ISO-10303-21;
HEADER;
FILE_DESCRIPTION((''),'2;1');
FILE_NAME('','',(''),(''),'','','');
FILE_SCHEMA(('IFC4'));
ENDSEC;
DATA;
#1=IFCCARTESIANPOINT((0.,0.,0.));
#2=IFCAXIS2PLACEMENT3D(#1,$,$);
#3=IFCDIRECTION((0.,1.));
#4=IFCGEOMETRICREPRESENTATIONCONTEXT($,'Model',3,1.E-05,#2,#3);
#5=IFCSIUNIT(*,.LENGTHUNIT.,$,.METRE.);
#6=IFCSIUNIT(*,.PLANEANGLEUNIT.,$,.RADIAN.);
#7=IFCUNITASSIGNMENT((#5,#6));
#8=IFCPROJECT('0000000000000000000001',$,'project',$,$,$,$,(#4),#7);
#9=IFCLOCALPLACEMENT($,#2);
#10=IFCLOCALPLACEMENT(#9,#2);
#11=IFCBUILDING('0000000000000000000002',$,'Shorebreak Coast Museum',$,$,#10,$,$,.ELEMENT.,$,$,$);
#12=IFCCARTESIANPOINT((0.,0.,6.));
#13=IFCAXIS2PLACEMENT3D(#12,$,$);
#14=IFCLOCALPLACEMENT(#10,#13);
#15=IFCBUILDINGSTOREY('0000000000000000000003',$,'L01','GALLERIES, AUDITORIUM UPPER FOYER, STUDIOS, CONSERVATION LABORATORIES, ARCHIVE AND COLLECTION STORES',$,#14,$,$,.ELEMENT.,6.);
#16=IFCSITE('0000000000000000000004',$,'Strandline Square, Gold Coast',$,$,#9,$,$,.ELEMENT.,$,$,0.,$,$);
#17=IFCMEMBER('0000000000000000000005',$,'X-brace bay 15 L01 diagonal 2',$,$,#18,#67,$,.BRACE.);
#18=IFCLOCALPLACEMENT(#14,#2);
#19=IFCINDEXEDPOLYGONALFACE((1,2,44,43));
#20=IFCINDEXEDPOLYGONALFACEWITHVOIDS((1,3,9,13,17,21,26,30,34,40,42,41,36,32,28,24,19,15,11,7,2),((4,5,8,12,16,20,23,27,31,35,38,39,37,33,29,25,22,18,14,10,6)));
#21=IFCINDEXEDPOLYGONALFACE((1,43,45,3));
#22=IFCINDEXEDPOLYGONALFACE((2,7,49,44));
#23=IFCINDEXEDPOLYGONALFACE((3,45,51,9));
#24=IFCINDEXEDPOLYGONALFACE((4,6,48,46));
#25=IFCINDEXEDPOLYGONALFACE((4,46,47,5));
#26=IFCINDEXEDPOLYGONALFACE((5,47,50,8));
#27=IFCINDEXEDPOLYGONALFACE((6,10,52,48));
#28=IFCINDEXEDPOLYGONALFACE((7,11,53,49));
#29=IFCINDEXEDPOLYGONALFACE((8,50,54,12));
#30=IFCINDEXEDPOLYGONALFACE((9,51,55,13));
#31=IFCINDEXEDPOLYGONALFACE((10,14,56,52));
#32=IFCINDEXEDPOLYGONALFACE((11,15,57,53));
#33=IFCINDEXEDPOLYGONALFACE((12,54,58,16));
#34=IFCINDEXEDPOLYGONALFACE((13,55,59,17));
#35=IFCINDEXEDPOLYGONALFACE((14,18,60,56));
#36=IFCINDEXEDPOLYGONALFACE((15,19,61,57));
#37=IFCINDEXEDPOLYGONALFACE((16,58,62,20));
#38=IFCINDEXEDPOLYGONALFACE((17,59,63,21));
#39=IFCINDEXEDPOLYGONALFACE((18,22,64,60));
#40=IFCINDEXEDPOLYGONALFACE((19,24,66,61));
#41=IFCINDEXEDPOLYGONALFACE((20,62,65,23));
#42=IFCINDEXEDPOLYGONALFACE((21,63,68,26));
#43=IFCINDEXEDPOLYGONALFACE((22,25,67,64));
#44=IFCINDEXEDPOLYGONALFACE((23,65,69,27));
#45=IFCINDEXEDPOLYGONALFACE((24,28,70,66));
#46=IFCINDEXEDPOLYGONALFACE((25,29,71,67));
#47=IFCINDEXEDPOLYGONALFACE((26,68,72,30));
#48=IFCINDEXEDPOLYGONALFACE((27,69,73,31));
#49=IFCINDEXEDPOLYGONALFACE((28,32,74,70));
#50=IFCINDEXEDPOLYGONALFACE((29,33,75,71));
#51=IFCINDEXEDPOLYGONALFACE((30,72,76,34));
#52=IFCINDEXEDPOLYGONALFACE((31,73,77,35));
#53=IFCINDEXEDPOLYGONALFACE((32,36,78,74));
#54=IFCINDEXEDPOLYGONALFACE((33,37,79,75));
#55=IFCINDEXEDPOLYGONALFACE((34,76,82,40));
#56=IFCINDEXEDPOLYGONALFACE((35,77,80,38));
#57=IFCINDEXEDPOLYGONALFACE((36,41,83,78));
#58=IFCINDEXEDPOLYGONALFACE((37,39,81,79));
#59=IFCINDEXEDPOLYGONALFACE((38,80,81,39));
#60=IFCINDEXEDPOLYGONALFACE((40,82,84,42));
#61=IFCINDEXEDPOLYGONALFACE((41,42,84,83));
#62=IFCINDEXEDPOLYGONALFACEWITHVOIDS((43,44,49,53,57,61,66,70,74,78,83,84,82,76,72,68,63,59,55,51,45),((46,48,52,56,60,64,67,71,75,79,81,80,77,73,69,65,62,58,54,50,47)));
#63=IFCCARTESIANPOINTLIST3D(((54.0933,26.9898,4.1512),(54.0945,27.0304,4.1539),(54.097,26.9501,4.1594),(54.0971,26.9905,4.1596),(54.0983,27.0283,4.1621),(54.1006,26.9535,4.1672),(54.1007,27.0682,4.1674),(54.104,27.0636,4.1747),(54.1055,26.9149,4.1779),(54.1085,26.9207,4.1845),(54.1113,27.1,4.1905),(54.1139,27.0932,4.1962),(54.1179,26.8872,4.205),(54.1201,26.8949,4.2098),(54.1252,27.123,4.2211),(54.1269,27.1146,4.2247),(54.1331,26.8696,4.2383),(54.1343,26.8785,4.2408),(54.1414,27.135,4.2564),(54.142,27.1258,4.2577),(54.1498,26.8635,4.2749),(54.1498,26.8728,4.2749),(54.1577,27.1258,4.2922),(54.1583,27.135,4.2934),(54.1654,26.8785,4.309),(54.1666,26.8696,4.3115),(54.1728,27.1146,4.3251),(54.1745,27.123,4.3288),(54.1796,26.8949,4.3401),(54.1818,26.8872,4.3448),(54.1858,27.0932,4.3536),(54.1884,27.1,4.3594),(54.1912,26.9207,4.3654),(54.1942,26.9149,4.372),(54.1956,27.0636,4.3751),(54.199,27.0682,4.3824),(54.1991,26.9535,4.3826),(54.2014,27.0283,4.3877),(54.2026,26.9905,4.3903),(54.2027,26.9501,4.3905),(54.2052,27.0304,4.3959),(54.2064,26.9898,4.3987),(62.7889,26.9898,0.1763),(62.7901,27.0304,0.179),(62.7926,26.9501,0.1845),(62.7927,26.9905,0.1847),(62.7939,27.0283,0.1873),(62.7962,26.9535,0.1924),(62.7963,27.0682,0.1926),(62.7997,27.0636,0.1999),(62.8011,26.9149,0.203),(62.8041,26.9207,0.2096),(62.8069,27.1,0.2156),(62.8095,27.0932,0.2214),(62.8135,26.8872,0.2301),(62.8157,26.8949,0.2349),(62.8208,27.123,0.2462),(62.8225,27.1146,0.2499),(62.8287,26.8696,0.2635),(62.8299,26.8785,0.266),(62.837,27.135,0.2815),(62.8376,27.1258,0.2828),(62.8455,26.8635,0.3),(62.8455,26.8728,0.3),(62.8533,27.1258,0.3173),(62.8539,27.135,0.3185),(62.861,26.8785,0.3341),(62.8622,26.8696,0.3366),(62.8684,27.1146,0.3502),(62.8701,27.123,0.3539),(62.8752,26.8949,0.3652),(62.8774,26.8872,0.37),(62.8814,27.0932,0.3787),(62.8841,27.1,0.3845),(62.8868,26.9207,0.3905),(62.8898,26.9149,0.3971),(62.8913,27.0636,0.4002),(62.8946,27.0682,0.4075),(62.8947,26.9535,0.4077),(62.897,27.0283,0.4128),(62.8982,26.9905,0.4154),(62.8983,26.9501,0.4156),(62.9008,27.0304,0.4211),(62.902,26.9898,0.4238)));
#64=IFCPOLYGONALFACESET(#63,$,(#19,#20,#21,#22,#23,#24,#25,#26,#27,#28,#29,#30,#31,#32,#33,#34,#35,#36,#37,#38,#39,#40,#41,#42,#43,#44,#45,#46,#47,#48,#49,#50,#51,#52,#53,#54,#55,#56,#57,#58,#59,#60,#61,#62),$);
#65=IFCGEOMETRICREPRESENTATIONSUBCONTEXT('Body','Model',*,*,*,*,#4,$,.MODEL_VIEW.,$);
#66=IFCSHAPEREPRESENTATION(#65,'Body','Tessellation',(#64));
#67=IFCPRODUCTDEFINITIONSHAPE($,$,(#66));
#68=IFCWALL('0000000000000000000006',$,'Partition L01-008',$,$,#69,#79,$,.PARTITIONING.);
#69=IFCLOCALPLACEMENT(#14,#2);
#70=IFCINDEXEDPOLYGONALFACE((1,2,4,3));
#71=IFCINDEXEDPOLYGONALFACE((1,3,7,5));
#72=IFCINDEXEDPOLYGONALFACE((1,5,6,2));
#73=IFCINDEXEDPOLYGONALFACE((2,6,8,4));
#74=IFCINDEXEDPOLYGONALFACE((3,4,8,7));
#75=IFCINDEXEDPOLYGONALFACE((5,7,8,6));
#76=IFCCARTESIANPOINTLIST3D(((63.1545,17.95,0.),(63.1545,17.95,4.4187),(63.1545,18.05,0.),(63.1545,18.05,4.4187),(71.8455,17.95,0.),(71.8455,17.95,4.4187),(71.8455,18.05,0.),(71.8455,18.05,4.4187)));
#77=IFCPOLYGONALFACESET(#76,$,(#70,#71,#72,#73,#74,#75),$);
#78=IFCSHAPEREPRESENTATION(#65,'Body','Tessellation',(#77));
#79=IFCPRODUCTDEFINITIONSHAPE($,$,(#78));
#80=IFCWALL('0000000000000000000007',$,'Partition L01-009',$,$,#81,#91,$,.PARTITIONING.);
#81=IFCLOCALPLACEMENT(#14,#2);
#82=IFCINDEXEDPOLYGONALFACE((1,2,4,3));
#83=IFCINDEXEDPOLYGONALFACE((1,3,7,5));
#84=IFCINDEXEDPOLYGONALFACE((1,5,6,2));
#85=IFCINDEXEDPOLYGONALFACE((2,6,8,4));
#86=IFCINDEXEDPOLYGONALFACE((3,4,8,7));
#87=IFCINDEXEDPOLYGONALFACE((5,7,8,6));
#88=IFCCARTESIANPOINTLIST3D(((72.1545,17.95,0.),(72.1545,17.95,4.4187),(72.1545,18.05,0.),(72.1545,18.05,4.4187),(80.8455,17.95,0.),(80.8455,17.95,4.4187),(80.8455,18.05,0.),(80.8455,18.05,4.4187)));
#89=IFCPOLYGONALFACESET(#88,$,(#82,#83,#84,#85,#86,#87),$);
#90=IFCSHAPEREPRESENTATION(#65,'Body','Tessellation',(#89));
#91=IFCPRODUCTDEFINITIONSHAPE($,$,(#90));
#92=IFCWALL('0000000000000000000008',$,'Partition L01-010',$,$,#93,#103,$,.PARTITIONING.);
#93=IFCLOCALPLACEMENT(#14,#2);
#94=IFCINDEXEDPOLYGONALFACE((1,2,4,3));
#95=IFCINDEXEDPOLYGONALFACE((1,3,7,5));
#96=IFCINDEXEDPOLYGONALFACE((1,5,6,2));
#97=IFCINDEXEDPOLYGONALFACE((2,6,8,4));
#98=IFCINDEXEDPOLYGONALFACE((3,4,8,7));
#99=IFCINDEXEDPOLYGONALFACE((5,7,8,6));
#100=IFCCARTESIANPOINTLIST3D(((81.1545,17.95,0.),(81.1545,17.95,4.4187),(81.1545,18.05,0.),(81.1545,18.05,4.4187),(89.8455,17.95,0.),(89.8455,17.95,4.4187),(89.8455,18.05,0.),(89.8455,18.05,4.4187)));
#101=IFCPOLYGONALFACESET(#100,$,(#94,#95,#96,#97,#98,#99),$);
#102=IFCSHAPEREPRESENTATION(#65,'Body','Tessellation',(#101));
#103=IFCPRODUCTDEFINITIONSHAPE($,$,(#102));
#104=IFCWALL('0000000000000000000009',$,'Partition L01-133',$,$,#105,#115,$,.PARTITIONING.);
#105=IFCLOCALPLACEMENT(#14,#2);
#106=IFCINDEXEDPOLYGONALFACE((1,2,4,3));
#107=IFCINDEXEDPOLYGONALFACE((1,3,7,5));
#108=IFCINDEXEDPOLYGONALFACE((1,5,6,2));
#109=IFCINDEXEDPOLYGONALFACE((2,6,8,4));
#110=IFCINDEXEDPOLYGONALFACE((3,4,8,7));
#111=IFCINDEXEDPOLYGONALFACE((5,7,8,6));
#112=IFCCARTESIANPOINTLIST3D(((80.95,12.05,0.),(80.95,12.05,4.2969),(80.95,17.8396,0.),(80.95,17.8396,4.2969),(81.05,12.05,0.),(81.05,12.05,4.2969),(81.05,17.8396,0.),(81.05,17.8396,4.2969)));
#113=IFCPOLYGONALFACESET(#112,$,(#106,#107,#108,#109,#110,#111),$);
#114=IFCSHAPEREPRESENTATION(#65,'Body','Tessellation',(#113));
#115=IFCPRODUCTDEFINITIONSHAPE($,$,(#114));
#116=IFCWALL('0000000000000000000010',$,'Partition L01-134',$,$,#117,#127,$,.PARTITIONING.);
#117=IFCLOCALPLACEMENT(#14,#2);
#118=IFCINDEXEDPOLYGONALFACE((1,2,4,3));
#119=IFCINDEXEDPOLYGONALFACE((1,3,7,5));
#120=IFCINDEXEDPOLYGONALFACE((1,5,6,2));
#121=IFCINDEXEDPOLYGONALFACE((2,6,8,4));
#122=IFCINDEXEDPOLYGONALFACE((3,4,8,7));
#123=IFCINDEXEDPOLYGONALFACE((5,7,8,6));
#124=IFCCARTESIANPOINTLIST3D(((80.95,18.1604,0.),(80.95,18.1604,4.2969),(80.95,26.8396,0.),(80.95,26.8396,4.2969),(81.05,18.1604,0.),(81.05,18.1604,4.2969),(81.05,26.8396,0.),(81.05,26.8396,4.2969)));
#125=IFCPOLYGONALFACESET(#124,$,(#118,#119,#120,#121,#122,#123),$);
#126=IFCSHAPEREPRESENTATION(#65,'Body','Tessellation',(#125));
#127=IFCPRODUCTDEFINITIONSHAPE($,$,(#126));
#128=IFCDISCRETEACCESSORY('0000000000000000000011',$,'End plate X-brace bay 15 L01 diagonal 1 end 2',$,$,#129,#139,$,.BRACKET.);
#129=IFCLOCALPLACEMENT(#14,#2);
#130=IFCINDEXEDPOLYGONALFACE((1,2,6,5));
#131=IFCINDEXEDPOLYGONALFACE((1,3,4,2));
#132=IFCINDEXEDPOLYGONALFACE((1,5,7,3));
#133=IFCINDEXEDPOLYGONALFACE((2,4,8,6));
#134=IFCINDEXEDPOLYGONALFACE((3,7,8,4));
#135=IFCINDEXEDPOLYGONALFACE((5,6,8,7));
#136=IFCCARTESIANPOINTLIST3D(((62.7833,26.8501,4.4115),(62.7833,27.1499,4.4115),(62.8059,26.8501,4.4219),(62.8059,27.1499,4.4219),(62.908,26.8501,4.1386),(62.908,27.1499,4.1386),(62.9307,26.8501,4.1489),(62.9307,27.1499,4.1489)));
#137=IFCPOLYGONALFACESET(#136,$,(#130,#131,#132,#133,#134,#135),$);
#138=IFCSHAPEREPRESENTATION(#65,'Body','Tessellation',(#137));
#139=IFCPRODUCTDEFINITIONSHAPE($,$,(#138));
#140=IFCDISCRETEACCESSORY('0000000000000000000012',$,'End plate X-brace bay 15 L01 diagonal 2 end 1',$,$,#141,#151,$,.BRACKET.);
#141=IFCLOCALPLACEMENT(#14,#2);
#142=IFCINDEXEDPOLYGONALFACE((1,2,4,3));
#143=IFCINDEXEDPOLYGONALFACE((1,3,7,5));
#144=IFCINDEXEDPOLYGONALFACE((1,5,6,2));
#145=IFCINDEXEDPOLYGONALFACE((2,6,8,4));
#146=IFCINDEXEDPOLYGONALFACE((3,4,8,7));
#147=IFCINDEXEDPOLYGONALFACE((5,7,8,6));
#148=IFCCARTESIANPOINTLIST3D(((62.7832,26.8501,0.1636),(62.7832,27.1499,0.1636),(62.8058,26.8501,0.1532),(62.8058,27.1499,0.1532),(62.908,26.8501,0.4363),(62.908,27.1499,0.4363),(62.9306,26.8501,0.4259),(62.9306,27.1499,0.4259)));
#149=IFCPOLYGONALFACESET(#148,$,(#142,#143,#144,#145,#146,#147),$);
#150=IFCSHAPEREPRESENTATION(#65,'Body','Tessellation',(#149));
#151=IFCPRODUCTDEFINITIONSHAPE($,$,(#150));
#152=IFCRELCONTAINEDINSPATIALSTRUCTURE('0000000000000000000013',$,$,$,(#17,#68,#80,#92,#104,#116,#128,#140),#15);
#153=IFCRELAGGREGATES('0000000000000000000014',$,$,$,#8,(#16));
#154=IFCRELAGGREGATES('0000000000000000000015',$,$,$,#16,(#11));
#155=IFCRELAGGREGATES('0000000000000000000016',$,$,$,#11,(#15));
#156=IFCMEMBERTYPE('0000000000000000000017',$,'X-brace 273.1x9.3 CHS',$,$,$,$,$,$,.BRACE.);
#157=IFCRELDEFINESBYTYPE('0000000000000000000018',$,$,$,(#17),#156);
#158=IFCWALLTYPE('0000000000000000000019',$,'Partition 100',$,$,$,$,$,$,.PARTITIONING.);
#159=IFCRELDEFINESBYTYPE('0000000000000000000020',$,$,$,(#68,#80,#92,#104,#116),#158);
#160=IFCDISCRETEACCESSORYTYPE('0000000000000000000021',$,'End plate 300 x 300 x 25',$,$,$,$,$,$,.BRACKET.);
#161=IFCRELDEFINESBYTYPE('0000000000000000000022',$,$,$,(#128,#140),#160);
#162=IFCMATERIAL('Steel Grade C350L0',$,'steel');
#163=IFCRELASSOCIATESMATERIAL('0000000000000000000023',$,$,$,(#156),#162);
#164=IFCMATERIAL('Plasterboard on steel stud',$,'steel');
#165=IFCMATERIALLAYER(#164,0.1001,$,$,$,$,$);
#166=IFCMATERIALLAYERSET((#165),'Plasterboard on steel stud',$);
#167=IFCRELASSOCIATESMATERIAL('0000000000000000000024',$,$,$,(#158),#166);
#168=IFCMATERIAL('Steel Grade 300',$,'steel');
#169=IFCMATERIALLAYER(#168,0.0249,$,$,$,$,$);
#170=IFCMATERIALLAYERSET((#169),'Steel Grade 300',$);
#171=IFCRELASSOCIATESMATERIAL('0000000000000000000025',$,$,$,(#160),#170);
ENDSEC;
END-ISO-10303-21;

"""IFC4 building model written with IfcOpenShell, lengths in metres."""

from ifc_helpers import new_model, si_unit, direction, frame, frame_2d, origin, origin_2d, place, context, subcontext, project, spatial, polyline, rectangle, hollow_circle, outline, extrude, material, layer, layer_set, material_profile, profile_set, type_object, element, save


model = new_model("IFC4")

# Units and contexts
model_context = context("Model", 3, precision=1e-05, world=origin(), true_north=direction((0.0, 1.0)))
body_context = subcontext(model_context, "Body", "Model", "MODEL_VIEW")
ifc_project = project(units=[si_unit("LENGTHUNIT", "METRE"), si_unit("PLANEANGLEUNIT", "RADIAN")], contexts=[model_context])

# Site, building, storey
site_placement = place(None, origin())
site = spatial("IfcSite", under=ifc_project, at=site_placement, Name="Strandline Square, Gold Coast", CompositionType="ELEMENT", RefElevation=0.0)
building_placement = place(site_placement, origin())
building = spatial("IfcBuilding", under=site, at=building_placement, Name="Shorebreak Coast Museum", CompositionType="ELEMENT")
storey_placement = place(building_placement, frame((0.0, 0.0, 6.0)))
storey = spatial("IfcBuildingStorey", under=building, at=storey_placement, Name="L01", Description="GALLERIES, AUDITORIUM UPPER FOYER, STUDIOS, CONSERVATION LABORATORIES, ARCHIVE AND COLLECTION STORES", CompositionType="ELEMENT", Elevation=6.0)

# Member
ifc_material_1 = material(Name="Steel Grade C350L0", Category="steel")
ifc_material_profile_1 = material_profile(ifc_material_1, hollow_circle(Radius=0.1365, WallThickness=0.0093, at=origin_2d()), Name="273.1x9.3 CHS")
ifc_profile_set_1 = profile_set([ifc_material_profile_1], Name="Steel Grade C350L0")
member_type = type_object("IfcMemberType", Name="X-brace 273.1x9.3 CHS", PredefinedType="BRACE", material=ifc_profile_set_1)
member_placement = place(storey_placement, frame((62.8455, 27.0, 0.3), z_axis=(-0.909485, 0.0, 0.415737), x_axis=(0.0, -1.0, 0.0)))
element("IfcMember", 1, at=member_placement, inside=storey, type_object=member_type, Name="X-brace bay 15 L01 diagonal 2", PredefinedType="BRACE", context=body_context, shape_type="SweptSolid", body=[
    extrude(hollow_circle(Radius=0.1365, WallThickness=0.0093, at=origin_2d()), origin(), (0.0, 0.0, 1.0), 9.561),
])

# Walls
ifc_material_2 = material(Name="Plasterboard on steel stud", Category="steel")
ifc_layer_1 = layer(ifc_material_2, 0.1001)
ifc_layer_set_1 = layer_set([ifc_layer_1], Name="Plasterboard on steel stud")
wall_type = type_object("IfcWallType", Name="Partition 100", PredefinedType="PARTITIONING", material=ifc_layer_set_1)
for number, where, z_axis, x_axis, name in (
    (2, (63.1545, 18.0, 0.0), (0.0, 0.0, 1.0), (1.0, 0.0, 0.0), "Partition L01-008"),
    (3, (72.1545, 18.0, 0.0), (0.0, 0.0, 1.0), (1.0, 0.0, 0.0), "Partition L01-009"),
    (4, (81.1545, 18.0, 0.0), (0.0, 0.0, 1.0), (1.0, 0.0, 0.0), "Partition L01-010"),
):
    element("IfcWall", number, at=place(storey_placement, frame(where, z_axis=z_axis, x_axis=x_axis)), inside=storey, type_object=wall_type, Name=name, PredefinedType="PARTITIONING", context=body_context, shape_type="SweptSolid", body=[
        extrude(rectangle(XDim=8.6909, YDim=0.1001, at=frame_2d((4.3455, 0.0))), origin(), (0.0, 0.0, 1.0), 4.4187),
    ])
wall_1_placement = place(storey_placement, frame((81.0, 12.05, 0.0), z_axis=(0.0, 0.0, 1.0), x_axis=(0.0, 1.0, 0.0)))
element("IfcWall", 5, at=wall_1_placement, inside=storey, type_object=wall_type, Name="Partition L01-133", PredefinedType="PARTITIONING", context=body_context, shape_type="SweptSolid", body=[
    extrude(rectangle(XDim=5.7896, YDim=0.1001, at=frame_2d((2.8948, 0.0))), origin(), (0.0, 0.0, 1.0), 4.2969),
])
wall_2_placement = place(storey_placement, frame((81.0, 18.1604, 0.0), z_axis=(0.0, 0.0, 1.0), x_axis=(0.0, 1.0, 0.0)))
element("IfcWall", 6, at=wall_2_placement, inside=storey, type_object=wall_type, Name="Partition L01-134", PredefinedType="PARTITIONING", context=body_context, shape_type="SweptSolid", body=[
    extrude(rectangle(XDim=8.6792, YDim=0.1001, at=frame_2d((4.3396, 0.0))), origin(), (0.0, 0.0, 1.0), 4.2969),
])

# Discrete accessories
ifc_material_3 = material(Name="Steel Grade 300", Category="steel")
ifc_layer_2 = layer(ifc_material_3, 0.0249)
ifc_layer_set_2 = layer_set([ifc_layer_2], Name="Steel Grade 300")
discrete_accessory_type = type_object("IfcDiscreteAccessoryType", Name="End plate 300 x 300 x 25", PredefinedType="BRACKET", material=ifc_layer_set_2)
discrete_accessory_1_placement = place(storey_placement, frame((62.9307, 26.8501, 4.1489), z_axis=(0.909501, 0.0, 0.415702), x_axis=(0.0, 1.0, 0.0)))
element("IfcDiscreteAccessory", 7, at=discrete_accessory_1_placement, inside=storey, type_object=discrete_accessory_type, Name="End plate X-brace bay 15 L01 diagonal 1 end 2", PredefinedType="BRACKET", context=body_context, shape_type="SweptSolid", body=[
    extrude(outline(polyline([(0.0, 0.0), (0.2998, 0.0), (0.2998, 0.3001), (0.0, 0.3001), (0.0, 0.0)])), origin(), (0.0, 0.0, -1.0), 0.0249),
])
discrete_accessory_2_placement = place(storey_placement, frame((62.7832, 27.1499, 0.1636), z_axis=(-0.90936, 0.0, 0.41601), x_axis=(0.0, -1.0, 0.0)))
element("IfcDiscreteAccessory", 8, at=discrete_accessory_2_placement, inside=storey, type_object=discrete_accessory_type, Name="End plate X-brace bay 15 L01 diagonal 2 end 1", PredefinedType="BRACKET", context=body_context, shape_type="SweptSolid", body=[
    extrude(outline(polyline([(0.0, 0.0), (0.2998, 0.0), (0.2998, 0.2999), (0.0, 0.2999), (0.0, 0.0)])), origin(), (0.0, 0.0, -1.0), 0.0249),
])

save(model, "model.ifc")
